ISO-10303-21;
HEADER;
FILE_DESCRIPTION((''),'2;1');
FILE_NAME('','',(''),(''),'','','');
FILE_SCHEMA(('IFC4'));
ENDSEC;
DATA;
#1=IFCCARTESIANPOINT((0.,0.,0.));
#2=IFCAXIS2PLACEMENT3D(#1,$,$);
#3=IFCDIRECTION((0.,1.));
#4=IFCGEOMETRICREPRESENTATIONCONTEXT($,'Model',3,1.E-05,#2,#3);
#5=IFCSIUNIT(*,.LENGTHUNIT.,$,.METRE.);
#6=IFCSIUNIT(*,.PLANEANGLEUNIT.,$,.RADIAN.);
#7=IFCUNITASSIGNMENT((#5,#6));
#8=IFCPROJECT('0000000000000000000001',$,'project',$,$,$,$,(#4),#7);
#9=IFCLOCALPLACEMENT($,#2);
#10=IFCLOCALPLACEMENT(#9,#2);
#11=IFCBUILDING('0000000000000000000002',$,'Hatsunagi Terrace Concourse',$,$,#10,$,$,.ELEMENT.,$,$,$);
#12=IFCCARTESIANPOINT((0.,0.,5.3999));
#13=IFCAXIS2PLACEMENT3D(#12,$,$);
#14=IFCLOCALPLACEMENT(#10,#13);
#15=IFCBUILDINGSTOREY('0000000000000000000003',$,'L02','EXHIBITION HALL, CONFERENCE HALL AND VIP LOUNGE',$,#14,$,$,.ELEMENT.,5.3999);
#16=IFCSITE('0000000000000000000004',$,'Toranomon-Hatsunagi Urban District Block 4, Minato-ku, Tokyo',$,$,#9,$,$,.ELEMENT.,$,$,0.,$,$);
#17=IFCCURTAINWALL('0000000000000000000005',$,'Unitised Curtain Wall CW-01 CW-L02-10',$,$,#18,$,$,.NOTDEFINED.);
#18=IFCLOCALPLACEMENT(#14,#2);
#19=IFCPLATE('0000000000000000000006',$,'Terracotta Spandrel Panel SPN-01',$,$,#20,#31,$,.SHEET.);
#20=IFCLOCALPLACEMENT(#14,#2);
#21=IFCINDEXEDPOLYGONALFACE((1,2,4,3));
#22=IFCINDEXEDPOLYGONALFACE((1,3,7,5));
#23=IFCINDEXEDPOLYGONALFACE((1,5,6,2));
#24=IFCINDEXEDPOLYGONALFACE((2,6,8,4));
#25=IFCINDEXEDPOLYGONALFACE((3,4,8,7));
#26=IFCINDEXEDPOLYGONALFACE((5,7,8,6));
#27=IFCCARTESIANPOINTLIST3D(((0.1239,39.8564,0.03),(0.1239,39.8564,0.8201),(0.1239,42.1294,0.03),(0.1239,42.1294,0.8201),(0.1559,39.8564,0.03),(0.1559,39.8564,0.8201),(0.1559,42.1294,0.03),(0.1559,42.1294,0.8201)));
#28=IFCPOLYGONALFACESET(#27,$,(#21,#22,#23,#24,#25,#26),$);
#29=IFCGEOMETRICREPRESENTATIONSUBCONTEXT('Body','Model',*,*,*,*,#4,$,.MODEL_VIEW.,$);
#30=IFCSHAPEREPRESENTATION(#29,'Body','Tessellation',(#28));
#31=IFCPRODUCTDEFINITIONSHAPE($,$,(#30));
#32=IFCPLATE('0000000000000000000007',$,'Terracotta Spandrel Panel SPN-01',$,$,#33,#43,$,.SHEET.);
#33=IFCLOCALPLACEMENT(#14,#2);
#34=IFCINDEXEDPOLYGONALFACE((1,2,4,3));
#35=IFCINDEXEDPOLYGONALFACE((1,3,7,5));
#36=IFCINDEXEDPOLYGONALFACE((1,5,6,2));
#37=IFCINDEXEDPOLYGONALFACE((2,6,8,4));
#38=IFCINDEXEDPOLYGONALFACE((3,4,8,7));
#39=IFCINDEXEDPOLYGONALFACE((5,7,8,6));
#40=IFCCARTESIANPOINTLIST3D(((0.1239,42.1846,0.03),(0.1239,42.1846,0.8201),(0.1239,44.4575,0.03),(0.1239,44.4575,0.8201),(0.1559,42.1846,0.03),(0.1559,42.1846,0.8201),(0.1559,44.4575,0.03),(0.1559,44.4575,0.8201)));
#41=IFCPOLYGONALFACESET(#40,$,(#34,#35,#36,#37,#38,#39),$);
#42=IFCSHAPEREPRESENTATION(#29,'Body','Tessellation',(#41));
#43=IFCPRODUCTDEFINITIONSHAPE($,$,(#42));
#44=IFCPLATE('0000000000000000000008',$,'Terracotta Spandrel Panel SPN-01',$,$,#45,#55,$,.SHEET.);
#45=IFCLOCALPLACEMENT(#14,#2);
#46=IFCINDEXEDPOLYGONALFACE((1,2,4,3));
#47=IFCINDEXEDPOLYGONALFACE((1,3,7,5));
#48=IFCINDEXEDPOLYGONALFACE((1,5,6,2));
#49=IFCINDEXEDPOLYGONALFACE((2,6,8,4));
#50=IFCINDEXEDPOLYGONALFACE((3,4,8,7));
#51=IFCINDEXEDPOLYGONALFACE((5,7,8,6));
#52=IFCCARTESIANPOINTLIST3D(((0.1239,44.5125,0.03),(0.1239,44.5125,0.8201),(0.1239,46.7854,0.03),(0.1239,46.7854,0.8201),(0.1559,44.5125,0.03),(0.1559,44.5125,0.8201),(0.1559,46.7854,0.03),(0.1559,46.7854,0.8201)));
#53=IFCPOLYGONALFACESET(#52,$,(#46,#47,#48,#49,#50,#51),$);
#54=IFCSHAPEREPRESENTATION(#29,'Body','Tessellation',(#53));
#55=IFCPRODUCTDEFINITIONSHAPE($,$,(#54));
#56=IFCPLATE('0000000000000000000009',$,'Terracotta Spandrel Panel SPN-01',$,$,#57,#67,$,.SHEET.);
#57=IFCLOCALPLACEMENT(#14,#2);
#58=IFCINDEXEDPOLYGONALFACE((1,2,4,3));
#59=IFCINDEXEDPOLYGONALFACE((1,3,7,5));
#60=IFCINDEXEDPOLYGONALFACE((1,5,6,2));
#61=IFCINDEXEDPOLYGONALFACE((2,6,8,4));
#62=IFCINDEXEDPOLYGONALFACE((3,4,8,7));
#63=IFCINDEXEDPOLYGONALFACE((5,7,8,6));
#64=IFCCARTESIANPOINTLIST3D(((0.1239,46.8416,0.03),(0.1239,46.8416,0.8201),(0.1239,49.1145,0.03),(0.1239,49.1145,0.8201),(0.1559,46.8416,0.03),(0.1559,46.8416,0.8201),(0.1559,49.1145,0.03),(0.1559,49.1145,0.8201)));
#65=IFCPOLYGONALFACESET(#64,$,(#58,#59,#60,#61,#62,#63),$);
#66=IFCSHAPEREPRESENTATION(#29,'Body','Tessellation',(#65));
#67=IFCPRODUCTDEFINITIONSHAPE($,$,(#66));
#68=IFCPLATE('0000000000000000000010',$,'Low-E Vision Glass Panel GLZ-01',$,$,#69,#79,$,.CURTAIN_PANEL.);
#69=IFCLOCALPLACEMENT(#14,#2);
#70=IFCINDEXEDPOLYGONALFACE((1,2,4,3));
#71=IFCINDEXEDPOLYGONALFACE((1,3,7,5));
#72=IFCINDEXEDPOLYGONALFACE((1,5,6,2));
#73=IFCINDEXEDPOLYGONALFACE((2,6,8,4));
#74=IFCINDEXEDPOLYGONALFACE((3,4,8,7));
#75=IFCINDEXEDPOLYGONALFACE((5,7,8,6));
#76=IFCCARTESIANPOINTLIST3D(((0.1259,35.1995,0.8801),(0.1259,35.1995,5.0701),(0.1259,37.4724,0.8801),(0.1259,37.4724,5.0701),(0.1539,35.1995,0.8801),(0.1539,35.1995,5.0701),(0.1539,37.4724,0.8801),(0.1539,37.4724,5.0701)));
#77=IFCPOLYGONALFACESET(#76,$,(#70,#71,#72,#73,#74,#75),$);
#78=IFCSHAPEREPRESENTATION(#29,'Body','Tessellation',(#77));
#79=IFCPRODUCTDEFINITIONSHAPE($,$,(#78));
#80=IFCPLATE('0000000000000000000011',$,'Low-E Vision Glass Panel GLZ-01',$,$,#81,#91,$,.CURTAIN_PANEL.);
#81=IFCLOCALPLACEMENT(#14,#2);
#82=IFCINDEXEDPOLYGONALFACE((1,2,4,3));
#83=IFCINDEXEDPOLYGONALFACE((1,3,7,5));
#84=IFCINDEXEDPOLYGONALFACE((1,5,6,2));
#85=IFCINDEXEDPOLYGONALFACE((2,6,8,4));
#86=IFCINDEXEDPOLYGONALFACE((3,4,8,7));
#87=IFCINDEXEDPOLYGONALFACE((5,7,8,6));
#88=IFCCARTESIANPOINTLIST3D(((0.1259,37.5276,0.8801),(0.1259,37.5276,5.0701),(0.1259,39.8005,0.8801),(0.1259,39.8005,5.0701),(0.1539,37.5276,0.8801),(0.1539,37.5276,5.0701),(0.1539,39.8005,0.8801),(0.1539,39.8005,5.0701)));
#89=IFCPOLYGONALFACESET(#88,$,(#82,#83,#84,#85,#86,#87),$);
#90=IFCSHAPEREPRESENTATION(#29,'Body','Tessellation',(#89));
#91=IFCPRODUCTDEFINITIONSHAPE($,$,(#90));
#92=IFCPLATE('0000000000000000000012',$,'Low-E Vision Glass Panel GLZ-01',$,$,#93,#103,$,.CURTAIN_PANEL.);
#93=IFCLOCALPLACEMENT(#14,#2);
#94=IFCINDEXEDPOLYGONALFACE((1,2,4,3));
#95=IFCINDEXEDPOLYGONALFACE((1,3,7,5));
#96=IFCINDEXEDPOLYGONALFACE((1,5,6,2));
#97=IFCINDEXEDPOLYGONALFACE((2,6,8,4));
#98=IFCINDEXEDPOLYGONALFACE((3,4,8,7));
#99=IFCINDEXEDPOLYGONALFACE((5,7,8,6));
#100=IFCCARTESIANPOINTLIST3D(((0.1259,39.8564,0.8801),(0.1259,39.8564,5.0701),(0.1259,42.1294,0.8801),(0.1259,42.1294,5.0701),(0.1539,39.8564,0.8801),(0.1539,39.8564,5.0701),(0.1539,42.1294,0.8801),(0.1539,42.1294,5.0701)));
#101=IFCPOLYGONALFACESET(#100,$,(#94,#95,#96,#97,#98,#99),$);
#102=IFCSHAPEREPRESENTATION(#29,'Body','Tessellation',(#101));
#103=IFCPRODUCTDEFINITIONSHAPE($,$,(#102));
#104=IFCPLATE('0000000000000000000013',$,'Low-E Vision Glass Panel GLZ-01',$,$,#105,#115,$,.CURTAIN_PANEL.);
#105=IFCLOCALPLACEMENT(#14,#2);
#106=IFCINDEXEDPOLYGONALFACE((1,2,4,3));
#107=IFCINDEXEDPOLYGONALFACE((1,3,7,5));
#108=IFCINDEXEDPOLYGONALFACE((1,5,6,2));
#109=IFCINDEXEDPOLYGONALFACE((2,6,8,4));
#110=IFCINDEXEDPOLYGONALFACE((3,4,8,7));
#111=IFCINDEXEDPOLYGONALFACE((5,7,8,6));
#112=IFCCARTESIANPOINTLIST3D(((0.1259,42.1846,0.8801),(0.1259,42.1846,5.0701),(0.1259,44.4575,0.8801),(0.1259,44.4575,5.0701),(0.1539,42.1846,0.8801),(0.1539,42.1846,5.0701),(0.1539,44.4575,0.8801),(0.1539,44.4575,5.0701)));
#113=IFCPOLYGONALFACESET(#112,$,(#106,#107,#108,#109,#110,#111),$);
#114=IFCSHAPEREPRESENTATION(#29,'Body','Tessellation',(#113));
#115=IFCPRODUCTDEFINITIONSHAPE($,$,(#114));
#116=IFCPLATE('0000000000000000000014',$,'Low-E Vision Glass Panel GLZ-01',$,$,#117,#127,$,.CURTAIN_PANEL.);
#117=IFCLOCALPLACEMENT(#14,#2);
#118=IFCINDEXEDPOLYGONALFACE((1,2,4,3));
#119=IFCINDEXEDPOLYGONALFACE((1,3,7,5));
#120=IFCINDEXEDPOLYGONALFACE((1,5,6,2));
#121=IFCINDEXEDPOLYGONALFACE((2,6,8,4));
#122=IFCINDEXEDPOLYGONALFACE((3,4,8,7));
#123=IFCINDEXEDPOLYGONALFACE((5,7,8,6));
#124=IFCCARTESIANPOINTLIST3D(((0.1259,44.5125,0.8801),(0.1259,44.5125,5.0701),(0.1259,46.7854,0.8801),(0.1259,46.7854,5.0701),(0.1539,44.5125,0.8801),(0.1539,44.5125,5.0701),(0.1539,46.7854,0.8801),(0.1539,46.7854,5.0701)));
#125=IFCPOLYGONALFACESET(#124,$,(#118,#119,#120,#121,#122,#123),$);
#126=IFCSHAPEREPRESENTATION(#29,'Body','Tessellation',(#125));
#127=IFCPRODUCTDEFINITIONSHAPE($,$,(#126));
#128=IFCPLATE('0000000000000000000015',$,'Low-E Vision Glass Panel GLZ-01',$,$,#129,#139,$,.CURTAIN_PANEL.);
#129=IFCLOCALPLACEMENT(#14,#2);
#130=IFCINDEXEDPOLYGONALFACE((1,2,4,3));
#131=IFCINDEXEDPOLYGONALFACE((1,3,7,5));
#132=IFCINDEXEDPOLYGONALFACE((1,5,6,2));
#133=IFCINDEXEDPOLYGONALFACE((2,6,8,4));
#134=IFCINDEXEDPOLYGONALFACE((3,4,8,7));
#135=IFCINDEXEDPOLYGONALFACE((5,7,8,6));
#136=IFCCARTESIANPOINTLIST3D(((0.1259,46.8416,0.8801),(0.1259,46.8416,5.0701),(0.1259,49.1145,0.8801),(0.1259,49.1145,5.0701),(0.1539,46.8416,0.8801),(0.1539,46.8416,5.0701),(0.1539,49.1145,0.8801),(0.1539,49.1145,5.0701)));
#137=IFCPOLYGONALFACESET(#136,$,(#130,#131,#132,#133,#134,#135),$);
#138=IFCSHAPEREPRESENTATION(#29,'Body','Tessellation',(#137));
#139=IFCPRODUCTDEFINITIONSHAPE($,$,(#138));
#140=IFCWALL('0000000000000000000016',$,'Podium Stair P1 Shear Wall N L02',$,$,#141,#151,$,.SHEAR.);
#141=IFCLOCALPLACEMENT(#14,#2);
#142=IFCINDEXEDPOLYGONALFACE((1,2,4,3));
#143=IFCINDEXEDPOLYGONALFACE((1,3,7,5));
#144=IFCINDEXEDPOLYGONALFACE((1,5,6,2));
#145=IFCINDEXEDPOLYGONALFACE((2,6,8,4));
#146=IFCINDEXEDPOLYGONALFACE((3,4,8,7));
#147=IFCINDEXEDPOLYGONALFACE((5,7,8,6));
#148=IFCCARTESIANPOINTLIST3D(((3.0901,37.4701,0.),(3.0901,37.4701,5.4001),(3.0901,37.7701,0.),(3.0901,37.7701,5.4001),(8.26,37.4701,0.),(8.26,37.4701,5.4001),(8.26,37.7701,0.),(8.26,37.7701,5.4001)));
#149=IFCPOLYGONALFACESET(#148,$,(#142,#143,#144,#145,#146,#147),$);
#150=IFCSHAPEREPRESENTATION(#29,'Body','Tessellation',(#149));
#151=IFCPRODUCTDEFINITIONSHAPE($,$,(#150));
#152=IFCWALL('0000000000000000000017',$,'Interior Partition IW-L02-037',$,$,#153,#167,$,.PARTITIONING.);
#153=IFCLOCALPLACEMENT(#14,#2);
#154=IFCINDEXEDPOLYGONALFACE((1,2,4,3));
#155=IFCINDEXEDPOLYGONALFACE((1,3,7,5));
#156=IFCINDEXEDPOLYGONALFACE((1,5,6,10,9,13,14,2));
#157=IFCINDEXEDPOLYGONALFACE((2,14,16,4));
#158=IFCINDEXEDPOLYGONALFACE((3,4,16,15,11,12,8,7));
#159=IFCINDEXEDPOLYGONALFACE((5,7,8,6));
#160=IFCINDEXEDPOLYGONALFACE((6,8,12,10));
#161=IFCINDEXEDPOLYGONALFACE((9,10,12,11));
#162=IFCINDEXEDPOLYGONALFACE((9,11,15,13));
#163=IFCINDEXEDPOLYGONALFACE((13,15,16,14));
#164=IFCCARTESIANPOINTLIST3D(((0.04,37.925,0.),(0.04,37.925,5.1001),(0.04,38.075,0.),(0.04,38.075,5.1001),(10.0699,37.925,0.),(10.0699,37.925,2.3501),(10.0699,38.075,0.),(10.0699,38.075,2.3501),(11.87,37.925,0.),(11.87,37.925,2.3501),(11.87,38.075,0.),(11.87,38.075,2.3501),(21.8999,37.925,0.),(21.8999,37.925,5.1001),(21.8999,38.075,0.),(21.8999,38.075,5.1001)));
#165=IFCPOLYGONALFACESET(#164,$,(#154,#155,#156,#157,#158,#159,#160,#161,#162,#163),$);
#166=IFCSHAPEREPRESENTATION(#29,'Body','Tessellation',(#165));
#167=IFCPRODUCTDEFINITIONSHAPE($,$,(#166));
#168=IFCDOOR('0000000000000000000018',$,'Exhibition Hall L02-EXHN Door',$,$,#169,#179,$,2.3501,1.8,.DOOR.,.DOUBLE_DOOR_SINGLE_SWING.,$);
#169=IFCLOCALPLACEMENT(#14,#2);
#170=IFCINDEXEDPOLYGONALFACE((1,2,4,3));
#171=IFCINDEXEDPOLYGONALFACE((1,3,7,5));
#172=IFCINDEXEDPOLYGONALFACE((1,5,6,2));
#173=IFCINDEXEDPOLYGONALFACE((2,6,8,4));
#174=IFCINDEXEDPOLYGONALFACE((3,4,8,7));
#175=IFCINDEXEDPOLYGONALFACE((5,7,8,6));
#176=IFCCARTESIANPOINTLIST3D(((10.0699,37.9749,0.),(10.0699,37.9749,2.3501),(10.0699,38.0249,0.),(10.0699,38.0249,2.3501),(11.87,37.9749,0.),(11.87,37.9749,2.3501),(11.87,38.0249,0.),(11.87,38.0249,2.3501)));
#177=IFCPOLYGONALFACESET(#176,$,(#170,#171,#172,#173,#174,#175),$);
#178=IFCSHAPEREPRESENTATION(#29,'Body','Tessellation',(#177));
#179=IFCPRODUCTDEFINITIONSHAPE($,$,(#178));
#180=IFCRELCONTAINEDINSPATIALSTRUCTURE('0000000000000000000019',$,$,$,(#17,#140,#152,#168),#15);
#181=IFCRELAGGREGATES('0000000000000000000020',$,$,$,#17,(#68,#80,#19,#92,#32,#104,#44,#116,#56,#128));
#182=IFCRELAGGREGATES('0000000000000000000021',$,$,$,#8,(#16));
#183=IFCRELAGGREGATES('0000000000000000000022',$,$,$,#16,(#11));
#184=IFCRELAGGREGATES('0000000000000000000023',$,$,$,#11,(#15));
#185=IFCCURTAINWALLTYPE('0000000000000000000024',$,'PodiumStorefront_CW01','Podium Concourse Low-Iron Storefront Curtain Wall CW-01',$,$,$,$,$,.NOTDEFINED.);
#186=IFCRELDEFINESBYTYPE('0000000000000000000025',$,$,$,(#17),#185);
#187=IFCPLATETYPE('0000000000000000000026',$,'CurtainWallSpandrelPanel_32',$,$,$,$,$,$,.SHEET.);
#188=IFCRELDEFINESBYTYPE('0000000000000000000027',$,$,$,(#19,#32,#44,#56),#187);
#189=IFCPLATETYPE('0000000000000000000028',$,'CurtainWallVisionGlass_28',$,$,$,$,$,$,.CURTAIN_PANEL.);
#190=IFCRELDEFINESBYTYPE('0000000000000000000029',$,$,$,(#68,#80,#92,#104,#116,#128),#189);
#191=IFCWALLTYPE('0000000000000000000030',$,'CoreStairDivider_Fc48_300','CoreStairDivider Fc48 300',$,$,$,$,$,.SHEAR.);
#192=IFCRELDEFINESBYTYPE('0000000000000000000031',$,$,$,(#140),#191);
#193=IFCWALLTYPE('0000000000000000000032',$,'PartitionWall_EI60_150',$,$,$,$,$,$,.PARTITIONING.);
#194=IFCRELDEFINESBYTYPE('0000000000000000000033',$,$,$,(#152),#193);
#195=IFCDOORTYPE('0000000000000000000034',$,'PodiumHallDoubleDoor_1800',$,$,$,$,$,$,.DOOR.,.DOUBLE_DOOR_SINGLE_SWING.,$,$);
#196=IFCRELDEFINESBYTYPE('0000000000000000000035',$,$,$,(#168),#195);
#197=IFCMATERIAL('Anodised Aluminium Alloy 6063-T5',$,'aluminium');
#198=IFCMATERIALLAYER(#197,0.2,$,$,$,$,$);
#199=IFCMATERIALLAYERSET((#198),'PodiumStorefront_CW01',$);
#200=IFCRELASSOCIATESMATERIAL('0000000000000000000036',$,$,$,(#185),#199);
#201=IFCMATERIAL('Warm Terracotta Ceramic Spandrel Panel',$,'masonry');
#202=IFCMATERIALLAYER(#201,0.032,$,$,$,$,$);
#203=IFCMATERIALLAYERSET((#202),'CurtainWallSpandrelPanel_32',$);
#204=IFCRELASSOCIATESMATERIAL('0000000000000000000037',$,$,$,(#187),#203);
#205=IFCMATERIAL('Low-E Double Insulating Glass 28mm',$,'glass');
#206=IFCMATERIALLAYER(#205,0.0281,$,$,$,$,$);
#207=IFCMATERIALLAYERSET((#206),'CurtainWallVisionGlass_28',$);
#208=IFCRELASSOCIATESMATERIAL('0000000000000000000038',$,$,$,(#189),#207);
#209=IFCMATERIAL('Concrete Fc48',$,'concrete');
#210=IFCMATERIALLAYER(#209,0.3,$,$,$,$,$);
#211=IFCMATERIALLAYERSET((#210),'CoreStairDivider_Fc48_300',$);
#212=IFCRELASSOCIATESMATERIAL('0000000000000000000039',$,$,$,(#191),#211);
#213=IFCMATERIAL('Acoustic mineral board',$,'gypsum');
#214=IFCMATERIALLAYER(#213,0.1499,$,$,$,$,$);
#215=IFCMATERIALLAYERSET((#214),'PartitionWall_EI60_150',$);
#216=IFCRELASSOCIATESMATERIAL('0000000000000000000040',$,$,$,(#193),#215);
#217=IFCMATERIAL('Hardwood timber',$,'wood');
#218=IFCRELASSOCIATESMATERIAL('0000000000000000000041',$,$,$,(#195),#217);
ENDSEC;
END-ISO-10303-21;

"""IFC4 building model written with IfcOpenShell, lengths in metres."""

from ifc_helpers import new_model, si_unit, direction, frame, frame_2d, origin, origin_2d, place, context, subcontext, project, spatial, rectangle, extrude, material, layer, layer_set, type_object, element, fill, aggregate, save


model = new_model("IFC4")

# Units and contexts
model_context = context("Model", 3, precision=1e-05, world=origin(), true_north=direction((0.0, 1.0)))
body_context = subcontext(model_context, "Body", "Model", "MODEL_VIEW")
ifc_project = project(units=[si_unit("LENGTHUNIT", "METRE"), si_unit("PLANEANGLEUNIT", "RADIAN")], contexts=[model_context])

# Site, building, storey
site_placement = place(None, origin())
site = spatial("IfcSite", under=ifc_project, at=site_placement, Name="Toranomon-Hatsunagi Urban District Block 4, Minato-ku, Tokyo", CompositionType="ELEMENT", RefElevation=0.0)
building_placement = place(site_placement, origin())
building = spatial("IfcBuilding", under=site, at=building_placement, Name="Hatsunagi Terrace Concourse", CompositionType="ELEMENT")
storey_placement = place(building_placement, frame((0.0, 0.0, 5.3999)))
storey = spatial("IfcBuildingStorey", under=building, at=storey_placement, Name="L02", Description="EXHIBITION HALL, CONFERENCE HALL AND VIP LOUNGE", CompositionType="ELEMENT", Elevation=5.3999)

# Curtain wall
ifc_material_1 = material(Name="Anodised Aluminium Alloy 6063-T5", Category="aluminium")
ifc_layer_1 = layer(ifc_material_1, 0.2)
ifc_layer_set_1 = layer_set([ifc_layer_1], Name="PodiumStorefront_CW01")
curtain_wall_type = type_object("IfcCurtainWallType", Name="PodiumStorefront_CW01", Description="Podium Concourse Low-Iron Storefront Curtain Wall CW-01", PredefinedType="NOTDEFINED", material=ifc_layer_set_1)
curtain_wall_placement = place(storey_placement, origin())
curtain_wall = element("IfcCurtainWall", 1, at=curtain_wall_placement, inside=storey, type_object=curtain_wall_type, Name="Unitised Curtain Wall CW-01 CW-L02-10", PredefinedType="NOTDEFINED")

# Plates
ifc_material_2 = material(Name="Warm Terracotta Ceramic Spandrel Panel", Category="masonry")
ifc_layer_2 = layer(ifc_material_2, 0.032)
ifc_layer_set_2 = layer_set([ifc_layer_2], Name="CurtainWallSpandrelPanel_32")
plate_type_1 = type_object("IfcPlateType", Name="CurtainWallSpandrelPanel_32", PredefinedType="SHEET", material=ifc_layer_set_2)
plate_1_placement = place(storey_placement, frame((0.1399, 40.9929, 0.03), z_axis=(0.0, 0.0, 1.0), x_axis=(0.0, 1.0, 0.0)))
plate_1 = element("IfcPlate", 2, at=plate_1_placement, type_object=plate_type_1, Name="Terracotta Spandrel Panel SPN-01", PredefinedType="SHEET", context=body_context, shape_type="SweptSolid", body=[
    extrude(rectangle(XDim=2.2729, YDim=0.032, at=origin_2d()), origin(), (0.0, 0.0, 1.0), 0.79),
])
plate_2_placement = place(storey_placement, frame((0.1399, 43.321, 0.03), z_axis=(0.0, 0.0, 1.0), x_axis=(0.0, 1.0, 0.0)))
plate_2 = element("IfcPlate", 3, at=plate_2_placement, type_object=plate_type_1, Name="Terracotta Spandrel Panel SPN-01", PredefinedType="SHEET", context=body_context, shape_type="SweptSolid", body=[
    extrude(rectangle(XDim=2.2729, YDim=0.032, at=origin_2d()), origin(), (0.0, 0.0, 1.0), 0.79),
])
plate_3_placement = place(storey_placement, frame((0.1399, 45.6489, 0.03), z_axis=(0.0, 0.0, 1.0), x_axis=(0.0, 1.0, 0.0)))
plate_3 = element("IfcPlate", 4, at=plate_3_placement, type_object=plate_type_1, Name="Terracotta Spandrel Panel SPN-01", PredefinedType="SHEET", context=body_context, shape_type="SweptSolid", body=[
    extrude(rectangle(XDim=2.2729, YDim=0.032, at=origin_2d()), origin(), (0.0, 0.0, 1.0), 0.79),
])
plate_4_placement = place(storey_placement, frame((0.1399, 47.978, 0.03), z_axis=(0.0, 0.0, 1.0), x_axis=(0.0, 1.0, 0.0)))
plate_4 = element("IfcPlate", 5, at=plate_4_placement, type_object=plate_type_1, Name="Terracotta Spandrel Panel SPN-01", PredefinedType="SHEET", context=body_context, shape_type="SweptSolid", body=[
    extrude(rectangle(XDim=2.2729, YDim=0.032, at=origin_2d()), origin(), (0.0, 0.0, 1.0), 0.79),
])
ifc_material_3 = material(Name="Low-E Double Insulating Glass 28mm", Category="glass")
ifc_layer_3 = layer(ifc_material_3, 0.0281)
ifc_layer_set_3 = layer_set([ifc_layer_3], Name="CurtainWallVisionGlass_28")
plate_type_2 = type_object("IfcPlateType", Name="CurtainWallVisionGlass_28", PredefinedType="CURTAIN_PANEL", material=ifc_layer_set_3)
plate_5_placement = place(storey_placement, frame((0.1399, 36.3359, 0.8801), z_axis=(0.0, 0.0, 1.0), x_axis=(0.0, 1.0, 0.0)))
plate_5 = element("IfcPlate", 6, at=plate_5_placement, type_object=plate_type_2, Name="Low-E Vision Glass Panel GLZ-01", PredefinedType="CURTAIN_PANEL", context=body_context, shape_type="SweptSolid", body=[
    extrude(rectangle(XDim=2.2729, YDim=0.0281, at=origin_2d()), origin(), (0.0, 0.0, 1.0), 4.1899),
])
plate_6_placement = place(storey_placement, frame((0.1399, 38.6641, 0.8801), z_axis=(0.0, 0.0, 1.0), x_axis=(0.0, 1.0, 0.0)))
plate_6 = element("IfcPlate", 7, at=plate_6_placement, type_object=plate_type_2, Name="Low-E Vision Glass Panel GLZ-01", PredefinedType="CURTAIN_PANEL", context=body_context, shape_type="SweptSolid", body=[
    extrude(rectangle(XDim=2.2729, YDim=0.0281, at=origin_2d()), origin(), (0.0, 0.0, 1.0), 4.1899),
])
plate_7_placement = place(storey_placement, frame((0.1399, 40.9929, 0.8801), z_axis=(0.0, 0.0, 1.0), x_axis=(0.0, 1.0, 0.0)))
plate_7 = element("IfcPlate", 8, at=plate_7_placement, type_object=plate_type_2, Name="Low-E Vision Glass Panel GLZ-01", PredefinedType="CURTAIN_PANEL", context=body_context, shape_type="SweptSolid", body=[
    extrude(rectangle(XDim=2.2729, YDim=0.0281, at=origin_2d()), origin(), (0.0, 0.0, 1.0), 4.1899),
])
plate_8_placement = place(storey_placement, frame((0.1399, 43.321, 0.8801), z_axis=(0.0, 0.0, 1.0), x_axis=(0.0, 1.0, 0.0)))
plate_8 = element("IfcPlate", 9, at=plate_8_placement, type_object=plate_type_2, Name="Low-E Vision Glass Panel GLZ-01", PredefinedType="CURTAIN_PANEL", context=body_context, shape_type="SweptSolid", body=[
    extrude(rectangle(XDim=2.2729, YDim=0.0281, at=origin_2d()), origin(), (0.0, 0.0, 1.0), 4.1899),
])
plate_9_placement = place(storey_placement, frame((0.1399, 45.6489, 0.8801), z_axis=(0.0, 0.0, 1.0), x_axis=(0.0, 1.0, 0.0)))
plate_9 = element("IfcPlate", 10, at=plate_9_placement, type_object=plate_type_2, Name="Low-E Vision Glass Panel GLZ-01", PredefinedType="CURTAIN_PANEL", context=body_context, shape_type="SweptSolid", body=[
    extrude(rectangle(XDim=2.2729, YDim=0.0281, at=origin_2d()), origin(), (0.0, 0.0, 1.0), 4.1899),
])
plate_10_placement = place(storey_placement, frame((0.1399, 47.978, 0.8801), z_axis=(0.0, 0.0, 1.0), x_axis=(0.0, 1.0, 0.0)))
plate_10 = element("IfcPlate", 11, at=plate_10_placement, type_object=plate_type_2, Name="Low-E Vision Glass Panel GLZ-01", PredefinedType="CURTAIN_PANEL", context=body_context, shape_type="SweptSolid", body=[
    extrude(rectangle(XDim=2.2729, YDim=0.0281, at=origin_2d()), origin(), (0.0, 0.0, 1.0), 4.1899),
])
aggregate(curtain_wall, [plate_5, plate_6, plate_1, plate_7, plate_2, plate_8, plate_3, plate_9, plate_4, plate_10])

# Wall
ifc_material_4 = material(Name="Concrete Fc48", Category="concrete")
ifc_layer_4 = layer(ifc_material_4, 0.3)
ifc_layer_set_4 = layer_set([ifc_layer_4], Name="CoreStairDivider_Fc48_300")
wall_type_1 = type_object("IfcWallType", Name="CoreStairDivider_Fc48_300", Description="CoreStairDivider Fc48 300", PredefinedType="SHEAR", material=ifc_layer_set_4)
wall_1_placement = place(storey_placement, frame((3.0901, 37.6201, 0.0), z_axis=(0.0, 0.0, 1.0), x_axis=(1.0, 0.0, 0.0)))
element("IfcWall", 12, at=wall_1_placement, inside=storey, type_object=wall_type_1, Name="Podium Stair P1 Shear Wall N L02", PredefinedType="SHEAR", context=body_context, shape_type="SweptSolid", body=[
    extrude(rectangle(XDim=5.1699, YDim=0.3, at=frame_2d((2.585, 0.0))), origin(), (0.0, 0.0, 1.0), 5.4001),
])

# Wall, opening, door
ifc_material_5 = material(Name="Acoustic mineral board", Category="gypsum")
ifc_layer_5 = layer(ifc_material_5, 0.1499)
ifc_layer_set_5 = layer_set([ifc_layer_5], Name="PartitionWall_EI60_150")
wall_type_2 = type_object("IfcWallType", Name="PartitionWall_EI60_150", PredefinedType="PARTITIONING", material=ifc_layer_set_5)
wall_2_placement = place(storey_placement, frame((0.04, 38.0, 0.0), z_axis=(0.0, 0.0, 1.0), x_axis=(1.0, 0.0, 0.0)))
wall_2 = element("IfcWall", 13, at=wall_2_placement, inside=storey, type_object=wall_type_2, Name="Interior Partition IW-L02-037", PredefinedType="PARTITIONING", context=body_context, shape_type="SweptSolid", body=[
    extrude(rectangle(XDim=21.8599, YDim=0.1499, at=frame_2d((10.9299, 0.0))), origin(), (0.0, 0.0, 1.0), 5.1001),
])
opening_placement = place(wall_2_placement, frame((10.03, 0.0, 0.0)))
opening = element("IfcOpeningElement", 14, at=opening_placement, cuts=wall_2, PredefinedType="OPENING", context=body_context, shape_type="SweptSolid", body=[
    extrude(rectangle(XDim=1.8, YDim=2.3501, at=frame_2d((0.8999, 1.175))), frame((0.0, 0.085, 0.0), z_axis=(0.0, -1.0, 0.0), x_axis=(1.0, 0.0, 0.0)), (0.0, 0.0, 1.0), 0.1699),
])
ifc_material_6 = material(Name="Hardwood timber", Category="wood")
door_type = type_object("IfcDoorType", Name="PodiumHallDoubleDoor_1800", OperationType="DOUBLE_DOOR_SINGLE_SWING", PredefinedType="DOOR", material=ifc_material_6)
door_placement = place(opening_placement, origin())
door = element("IfcDoor", 15, at=door_placement, inside=storey, type_object=door_type, Name="Exhibition Hall L02-EXHN Door", OperationType="DOUBLE_DOOR_SINGLE_SWING", OverallHeight=2.3501, OverallWidth=1.8, PredefinedType="DOOR", context=body_context, shape_type="SweptSolid", body=[
    extrude(rectangle(XDim=1.8, YDim=2.3501, at=frame_2d((0.8999, 1.175))), frame((0.0, 0.0249, 0.0), z_axis=(0.0, -1.0, 0.0), x_axis=(1.0, 0.0, 0.0)), (0.0, 0.0, 1.0), 0.05),
])
fill(opening, door)

save(model, "model.ifc")
